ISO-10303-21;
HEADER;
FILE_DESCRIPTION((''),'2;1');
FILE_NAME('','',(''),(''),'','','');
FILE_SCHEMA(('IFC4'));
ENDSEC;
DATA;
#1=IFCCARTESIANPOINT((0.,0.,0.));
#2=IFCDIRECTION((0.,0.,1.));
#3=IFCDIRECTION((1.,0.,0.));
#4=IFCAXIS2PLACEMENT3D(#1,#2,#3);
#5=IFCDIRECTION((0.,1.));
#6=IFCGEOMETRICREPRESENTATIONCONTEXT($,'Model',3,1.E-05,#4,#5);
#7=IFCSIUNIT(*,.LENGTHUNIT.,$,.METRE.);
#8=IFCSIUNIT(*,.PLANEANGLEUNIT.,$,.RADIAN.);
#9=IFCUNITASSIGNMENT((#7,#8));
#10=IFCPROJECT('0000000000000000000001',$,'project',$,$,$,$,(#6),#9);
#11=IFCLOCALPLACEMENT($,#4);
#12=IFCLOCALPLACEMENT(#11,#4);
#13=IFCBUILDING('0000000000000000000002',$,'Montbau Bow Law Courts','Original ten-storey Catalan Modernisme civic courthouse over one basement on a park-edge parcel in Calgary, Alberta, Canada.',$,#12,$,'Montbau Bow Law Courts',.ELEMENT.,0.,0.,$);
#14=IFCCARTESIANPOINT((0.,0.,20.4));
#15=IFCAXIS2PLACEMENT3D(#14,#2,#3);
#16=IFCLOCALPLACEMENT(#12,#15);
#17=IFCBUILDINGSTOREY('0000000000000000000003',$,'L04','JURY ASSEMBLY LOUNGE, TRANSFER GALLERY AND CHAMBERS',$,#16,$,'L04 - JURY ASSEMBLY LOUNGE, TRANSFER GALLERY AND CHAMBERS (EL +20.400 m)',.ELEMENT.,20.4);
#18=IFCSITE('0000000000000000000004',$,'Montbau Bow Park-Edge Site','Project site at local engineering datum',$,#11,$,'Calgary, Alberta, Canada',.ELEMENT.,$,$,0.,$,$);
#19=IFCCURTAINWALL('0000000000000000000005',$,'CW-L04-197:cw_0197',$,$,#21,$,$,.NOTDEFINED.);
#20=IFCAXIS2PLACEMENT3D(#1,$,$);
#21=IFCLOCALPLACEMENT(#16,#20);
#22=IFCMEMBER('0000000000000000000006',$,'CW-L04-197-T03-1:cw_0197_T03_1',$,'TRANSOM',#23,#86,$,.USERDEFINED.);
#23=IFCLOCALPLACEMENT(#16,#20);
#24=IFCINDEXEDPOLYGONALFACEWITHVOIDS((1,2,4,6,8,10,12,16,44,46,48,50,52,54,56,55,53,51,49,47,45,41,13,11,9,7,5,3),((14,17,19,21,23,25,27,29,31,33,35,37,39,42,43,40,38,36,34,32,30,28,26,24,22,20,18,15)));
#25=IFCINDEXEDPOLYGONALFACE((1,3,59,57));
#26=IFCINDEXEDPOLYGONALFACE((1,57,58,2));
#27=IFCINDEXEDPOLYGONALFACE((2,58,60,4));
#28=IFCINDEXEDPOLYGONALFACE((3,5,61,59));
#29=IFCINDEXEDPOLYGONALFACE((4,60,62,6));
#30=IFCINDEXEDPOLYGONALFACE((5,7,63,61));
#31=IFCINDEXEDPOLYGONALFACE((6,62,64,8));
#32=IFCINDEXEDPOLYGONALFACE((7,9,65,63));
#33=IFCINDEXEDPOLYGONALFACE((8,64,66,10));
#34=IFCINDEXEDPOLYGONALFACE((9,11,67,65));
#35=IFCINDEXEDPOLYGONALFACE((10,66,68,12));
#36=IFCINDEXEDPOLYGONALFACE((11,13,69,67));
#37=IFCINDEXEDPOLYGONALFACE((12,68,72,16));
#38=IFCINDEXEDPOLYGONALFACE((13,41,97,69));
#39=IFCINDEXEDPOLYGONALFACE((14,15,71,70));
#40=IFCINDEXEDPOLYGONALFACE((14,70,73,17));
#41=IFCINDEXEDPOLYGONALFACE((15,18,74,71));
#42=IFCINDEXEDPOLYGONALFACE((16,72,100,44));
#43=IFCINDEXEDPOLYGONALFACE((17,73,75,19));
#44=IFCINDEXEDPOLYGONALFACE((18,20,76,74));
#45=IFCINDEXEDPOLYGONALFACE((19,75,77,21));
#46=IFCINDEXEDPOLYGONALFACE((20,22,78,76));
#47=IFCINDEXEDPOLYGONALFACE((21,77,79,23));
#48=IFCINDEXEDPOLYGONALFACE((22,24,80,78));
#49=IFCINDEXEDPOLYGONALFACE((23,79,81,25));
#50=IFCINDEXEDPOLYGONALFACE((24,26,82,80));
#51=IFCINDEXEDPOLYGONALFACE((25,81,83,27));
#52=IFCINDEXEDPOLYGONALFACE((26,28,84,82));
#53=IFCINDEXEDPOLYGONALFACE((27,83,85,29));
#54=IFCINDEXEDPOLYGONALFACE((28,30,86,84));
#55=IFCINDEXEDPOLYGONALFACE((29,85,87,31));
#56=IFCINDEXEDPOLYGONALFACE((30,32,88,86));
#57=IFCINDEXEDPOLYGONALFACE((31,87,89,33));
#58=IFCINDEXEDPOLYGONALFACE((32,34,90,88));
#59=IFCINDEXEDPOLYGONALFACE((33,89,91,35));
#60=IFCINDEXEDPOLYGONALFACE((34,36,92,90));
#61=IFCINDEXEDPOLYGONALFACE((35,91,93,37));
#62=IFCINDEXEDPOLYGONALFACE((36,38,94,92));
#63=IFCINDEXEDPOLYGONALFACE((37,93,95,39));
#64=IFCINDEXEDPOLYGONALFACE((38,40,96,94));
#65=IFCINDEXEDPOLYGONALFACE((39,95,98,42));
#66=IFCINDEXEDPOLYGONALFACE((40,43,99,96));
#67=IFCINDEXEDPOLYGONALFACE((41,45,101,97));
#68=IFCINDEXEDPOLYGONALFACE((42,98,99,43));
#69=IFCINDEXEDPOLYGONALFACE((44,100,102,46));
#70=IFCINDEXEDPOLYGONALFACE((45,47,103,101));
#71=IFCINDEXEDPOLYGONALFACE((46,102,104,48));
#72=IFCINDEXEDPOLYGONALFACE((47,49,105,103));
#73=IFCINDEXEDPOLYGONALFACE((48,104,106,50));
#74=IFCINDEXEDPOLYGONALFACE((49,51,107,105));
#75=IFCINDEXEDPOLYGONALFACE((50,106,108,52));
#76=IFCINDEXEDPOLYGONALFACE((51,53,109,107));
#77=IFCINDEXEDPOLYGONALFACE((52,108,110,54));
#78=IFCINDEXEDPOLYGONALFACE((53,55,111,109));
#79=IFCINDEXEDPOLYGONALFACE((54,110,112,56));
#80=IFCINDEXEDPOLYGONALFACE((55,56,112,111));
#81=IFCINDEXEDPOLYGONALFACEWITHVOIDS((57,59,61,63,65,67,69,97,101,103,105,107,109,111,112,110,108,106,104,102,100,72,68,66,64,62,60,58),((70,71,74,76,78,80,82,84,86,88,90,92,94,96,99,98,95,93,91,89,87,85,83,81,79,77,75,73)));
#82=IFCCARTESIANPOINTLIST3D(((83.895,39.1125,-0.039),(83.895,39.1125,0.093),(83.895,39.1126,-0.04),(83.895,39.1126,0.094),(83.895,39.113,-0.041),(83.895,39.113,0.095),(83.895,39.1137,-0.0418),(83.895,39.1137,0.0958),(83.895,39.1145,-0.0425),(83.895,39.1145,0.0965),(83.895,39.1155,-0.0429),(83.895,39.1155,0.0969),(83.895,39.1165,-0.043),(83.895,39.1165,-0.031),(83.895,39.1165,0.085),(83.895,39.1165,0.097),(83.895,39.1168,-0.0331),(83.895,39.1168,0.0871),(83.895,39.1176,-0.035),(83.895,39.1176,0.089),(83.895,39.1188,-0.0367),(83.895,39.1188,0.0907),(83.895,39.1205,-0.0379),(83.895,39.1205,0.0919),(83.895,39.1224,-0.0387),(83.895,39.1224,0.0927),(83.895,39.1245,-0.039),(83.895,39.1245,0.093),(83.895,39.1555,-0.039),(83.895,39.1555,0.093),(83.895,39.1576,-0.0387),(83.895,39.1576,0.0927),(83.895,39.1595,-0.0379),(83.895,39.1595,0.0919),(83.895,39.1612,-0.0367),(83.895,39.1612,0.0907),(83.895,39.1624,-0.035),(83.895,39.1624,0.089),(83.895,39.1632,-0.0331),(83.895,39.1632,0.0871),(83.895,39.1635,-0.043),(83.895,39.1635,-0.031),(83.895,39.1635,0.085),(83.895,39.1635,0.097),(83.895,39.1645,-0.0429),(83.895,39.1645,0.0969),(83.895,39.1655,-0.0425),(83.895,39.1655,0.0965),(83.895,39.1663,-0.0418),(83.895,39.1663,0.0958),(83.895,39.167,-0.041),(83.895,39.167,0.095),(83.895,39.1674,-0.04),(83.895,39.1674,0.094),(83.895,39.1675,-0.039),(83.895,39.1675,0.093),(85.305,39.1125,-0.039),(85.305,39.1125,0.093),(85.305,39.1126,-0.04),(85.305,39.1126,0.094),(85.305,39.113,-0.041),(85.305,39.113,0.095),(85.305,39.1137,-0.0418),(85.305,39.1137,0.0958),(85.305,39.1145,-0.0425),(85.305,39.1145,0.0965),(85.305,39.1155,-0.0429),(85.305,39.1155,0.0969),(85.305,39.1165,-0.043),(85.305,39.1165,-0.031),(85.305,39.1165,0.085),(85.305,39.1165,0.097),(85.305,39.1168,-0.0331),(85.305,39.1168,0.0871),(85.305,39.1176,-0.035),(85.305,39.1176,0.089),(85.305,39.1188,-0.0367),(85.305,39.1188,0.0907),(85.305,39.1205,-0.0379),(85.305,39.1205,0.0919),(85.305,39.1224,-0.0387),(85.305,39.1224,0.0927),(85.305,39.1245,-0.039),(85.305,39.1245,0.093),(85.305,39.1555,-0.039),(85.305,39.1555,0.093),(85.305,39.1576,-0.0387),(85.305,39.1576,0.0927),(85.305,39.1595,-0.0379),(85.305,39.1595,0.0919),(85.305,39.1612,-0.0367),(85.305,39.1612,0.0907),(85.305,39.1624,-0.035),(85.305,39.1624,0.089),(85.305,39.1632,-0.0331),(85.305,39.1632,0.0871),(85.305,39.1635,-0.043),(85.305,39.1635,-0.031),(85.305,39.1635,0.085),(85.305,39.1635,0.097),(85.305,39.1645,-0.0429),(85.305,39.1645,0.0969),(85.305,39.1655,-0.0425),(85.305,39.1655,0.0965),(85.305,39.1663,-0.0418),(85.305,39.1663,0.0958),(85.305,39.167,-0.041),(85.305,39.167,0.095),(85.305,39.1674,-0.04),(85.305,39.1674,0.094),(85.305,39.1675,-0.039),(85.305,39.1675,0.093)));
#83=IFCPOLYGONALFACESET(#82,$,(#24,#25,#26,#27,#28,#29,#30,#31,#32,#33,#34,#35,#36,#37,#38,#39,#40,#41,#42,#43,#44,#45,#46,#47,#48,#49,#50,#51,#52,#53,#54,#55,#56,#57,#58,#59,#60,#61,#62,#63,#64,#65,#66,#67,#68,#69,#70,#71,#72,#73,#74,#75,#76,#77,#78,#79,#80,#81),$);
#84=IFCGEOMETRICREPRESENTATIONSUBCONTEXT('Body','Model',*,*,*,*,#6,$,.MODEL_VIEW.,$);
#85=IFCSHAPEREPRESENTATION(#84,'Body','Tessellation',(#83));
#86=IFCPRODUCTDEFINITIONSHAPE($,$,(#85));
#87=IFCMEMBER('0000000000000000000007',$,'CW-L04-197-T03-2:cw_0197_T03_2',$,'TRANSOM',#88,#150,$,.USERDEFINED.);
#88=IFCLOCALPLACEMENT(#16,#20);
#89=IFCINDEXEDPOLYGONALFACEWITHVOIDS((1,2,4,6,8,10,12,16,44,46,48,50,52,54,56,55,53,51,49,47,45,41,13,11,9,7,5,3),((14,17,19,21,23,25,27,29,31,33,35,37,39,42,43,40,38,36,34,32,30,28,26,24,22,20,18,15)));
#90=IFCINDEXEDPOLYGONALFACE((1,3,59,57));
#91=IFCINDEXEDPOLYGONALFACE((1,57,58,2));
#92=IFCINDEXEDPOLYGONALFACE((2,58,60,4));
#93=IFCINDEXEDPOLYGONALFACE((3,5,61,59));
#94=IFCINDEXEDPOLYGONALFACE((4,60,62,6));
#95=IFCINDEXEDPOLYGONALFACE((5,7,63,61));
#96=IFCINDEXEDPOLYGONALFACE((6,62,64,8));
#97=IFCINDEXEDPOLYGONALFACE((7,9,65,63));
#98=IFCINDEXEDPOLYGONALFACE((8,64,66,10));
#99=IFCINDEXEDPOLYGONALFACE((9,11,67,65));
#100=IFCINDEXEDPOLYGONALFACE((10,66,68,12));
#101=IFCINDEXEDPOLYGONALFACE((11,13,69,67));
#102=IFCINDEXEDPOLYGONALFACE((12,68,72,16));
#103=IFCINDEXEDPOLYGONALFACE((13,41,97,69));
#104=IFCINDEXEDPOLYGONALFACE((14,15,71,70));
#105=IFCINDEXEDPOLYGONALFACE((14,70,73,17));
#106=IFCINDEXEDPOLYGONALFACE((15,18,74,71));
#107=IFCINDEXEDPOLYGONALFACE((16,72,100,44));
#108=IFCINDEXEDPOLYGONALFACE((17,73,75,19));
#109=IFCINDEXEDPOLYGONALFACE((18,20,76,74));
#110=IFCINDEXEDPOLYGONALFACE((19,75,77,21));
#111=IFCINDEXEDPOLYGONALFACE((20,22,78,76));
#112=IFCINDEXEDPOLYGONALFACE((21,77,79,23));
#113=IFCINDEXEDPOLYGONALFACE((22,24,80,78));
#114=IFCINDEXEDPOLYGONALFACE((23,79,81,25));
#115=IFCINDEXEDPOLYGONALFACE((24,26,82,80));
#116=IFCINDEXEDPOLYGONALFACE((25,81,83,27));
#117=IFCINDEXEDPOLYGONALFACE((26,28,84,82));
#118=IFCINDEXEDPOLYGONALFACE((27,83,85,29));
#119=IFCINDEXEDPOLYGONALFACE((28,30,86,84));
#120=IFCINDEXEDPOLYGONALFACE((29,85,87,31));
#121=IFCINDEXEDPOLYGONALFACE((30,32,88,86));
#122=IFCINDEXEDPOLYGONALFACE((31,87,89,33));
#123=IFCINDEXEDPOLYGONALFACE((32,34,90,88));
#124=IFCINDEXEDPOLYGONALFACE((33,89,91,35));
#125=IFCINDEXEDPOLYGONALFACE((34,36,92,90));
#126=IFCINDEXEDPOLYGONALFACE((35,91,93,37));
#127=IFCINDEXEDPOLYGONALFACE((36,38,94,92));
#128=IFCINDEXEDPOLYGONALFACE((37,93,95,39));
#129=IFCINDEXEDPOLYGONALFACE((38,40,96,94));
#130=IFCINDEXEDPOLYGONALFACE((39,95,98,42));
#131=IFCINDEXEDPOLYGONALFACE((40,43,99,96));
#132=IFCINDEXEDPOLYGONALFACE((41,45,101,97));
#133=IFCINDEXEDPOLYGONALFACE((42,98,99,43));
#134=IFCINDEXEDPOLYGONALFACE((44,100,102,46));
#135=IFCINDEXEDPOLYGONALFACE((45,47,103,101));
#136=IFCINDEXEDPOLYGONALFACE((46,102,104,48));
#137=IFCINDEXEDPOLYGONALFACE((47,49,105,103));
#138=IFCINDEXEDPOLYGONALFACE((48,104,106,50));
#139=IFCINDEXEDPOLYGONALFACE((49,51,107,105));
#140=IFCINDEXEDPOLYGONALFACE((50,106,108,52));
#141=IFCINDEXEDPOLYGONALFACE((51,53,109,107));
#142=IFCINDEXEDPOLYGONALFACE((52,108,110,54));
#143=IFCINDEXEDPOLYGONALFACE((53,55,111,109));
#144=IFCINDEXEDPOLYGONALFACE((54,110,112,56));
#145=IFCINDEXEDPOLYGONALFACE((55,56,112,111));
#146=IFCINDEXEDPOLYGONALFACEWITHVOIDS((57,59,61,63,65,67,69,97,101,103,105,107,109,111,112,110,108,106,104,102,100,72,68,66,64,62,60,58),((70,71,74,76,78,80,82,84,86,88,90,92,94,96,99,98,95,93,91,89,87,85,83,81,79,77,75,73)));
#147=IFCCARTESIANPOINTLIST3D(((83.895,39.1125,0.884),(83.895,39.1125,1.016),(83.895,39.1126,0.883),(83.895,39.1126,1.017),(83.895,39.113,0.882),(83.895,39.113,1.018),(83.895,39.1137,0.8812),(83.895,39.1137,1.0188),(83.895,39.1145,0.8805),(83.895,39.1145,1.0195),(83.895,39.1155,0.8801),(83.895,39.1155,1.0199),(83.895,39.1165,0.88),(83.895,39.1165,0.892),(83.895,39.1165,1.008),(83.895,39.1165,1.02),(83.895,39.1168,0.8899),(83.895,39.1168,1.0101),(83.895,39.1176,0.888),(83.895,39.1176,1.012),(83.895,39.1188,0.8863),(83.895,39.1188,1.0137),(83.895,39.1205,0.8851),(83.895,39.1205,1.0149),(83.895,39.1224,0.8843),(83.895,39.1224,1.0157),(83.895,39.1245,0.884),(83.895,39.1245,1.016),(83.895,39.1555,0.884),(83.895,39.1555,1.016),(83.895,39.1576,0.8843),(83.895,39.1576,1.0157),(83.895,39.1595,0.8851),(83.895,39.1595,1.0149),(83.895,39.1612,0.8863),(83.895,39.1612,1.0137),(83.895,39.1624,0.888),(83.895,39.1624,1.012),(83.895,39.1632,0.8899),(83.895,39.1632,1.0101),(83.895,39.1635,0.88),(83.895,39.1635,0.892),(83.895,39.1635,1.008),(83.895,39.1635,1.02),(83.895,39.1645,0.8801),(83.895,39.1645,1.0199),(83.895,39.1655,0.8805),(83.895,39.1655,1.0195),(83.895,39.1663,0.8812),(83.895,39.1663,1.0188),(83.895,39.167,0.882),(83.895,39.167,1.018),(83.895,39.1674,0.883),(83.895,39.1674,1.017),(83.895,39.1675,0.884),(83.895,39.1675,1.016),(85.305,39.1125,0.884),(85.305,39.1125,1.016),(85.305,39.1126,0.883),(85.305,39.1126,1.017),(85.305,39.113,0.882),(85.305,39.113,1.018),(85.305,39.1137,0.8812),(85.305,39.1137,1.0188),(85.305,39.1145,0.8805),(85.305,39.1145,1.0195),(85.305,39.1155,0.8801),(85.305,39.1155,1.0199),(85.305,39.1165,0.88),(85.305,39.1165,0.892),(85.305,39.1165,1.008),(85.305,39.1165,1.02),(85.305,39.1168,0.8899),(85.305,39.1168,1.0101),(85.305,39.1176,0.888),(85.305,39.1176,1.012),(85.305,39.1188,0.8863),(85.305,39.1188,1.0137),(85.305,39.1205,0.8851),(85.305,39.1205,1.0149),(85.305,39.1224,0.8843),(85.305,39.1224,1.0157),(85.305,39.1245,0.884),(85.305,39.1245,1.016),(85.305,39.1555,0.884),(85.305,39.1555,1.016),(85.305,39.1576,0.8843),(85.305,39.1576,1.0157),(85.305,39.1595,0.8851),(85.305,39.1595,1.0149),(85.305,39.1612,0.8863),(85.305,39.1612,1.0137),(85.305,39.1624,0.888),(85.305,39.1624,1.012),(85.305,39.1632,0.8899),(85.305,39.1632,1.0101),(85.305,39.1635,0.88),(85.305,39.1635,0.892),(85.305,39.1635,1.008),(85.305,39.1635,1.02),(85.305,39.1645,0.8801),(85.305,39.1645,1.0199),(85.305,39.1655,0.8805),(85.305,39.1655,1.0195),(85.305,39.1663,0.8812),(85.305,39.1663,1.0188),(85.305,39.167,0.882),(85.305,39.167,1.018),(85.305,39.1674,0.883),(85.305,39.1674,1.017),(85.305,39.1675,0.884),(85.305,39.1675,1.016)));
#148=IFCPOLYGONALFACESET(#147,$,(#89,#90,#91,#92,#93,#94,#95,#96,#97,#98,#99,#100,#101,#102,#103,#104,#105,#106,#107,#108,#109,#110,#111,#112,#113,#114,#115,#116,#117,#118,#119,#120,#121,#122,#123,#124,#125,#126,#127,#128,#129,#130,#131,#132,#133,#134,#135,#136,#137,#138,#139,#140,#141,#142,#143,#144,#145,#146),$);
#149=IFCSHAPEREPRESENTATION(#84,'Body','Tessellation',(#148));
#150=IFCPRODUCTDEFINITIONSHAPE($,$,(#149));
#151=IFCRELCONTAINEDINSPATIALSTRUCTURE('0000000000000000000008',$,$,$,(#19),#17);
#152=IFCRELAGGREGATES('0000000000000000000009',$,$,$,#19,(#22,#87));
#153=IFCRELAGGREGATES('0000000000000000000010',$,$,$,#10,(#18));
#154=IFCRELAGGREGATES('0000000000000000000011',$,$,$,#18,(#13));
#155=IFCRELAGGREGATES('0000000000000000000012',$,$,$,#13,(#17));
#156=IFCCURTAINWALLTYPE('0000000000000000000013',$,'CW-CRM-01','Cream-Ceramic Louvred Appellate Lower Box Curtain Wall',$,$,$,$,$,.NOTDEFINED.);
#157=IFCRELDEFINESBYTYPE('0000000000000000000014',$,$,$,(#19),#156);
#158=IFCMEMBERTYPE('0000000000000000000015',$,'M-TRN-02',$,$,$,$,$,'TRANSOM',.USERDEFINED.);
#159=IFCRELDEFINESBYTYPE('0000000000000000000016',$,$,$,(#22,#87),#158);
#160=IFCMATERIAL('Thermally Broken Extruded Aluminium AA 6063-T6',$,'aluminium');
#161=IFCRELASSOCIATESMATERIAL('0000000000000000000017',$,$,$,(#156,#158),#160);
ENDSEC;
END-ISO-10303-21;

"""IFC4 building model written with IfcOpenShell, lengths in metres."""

from ifc_helpers import new_model, si_unit, direction, frame, origin_with_axes, origin_2d_with_axis, place, context, subcontext, project, spatial, hollow_rectangle, extrude, material, material_profile, profile_set, type_object, element, aggregate, save


model = new_model("IFC4")

# Units and contexts
model_context = context("Model", 3, precision=1e-05, world=origin_with_axes(), true_north=direction((0.0, 1.0)))
body_context = subcontext(model_context, "Body", "Model", "MODEL_VIEW")
ifc_project = project(units=[si_unit("LENGTHUNIT", "METRE"), si_unit("PLANEANGLEUNIT", "RADIAN")], contexts=[model_context])

# Site, building, storey
site_placement = place(None, origin_with_axes())
site = spatial("IfcSite", under=ifc_project, at=site_placement, Name="Montbau Bow Park-Edge Site", Description="Project site at local engineering datum", LongName="Calgary, Alberta, Canada", CompositionType="ELEMENT", RefElevation=0.0)
building_placement = place(site_placement, origin_with_axes())
building = spatial("IfcBuilding", under=site, at=building_placement, Name="Montbau Bow Law Courts", Description="Original ten-storey Catalan Modernisme civic courthouse over one basement on a park-edge parcel in Calgary, Alberta, Canada.", LongName="Montbau Bow Law Courts", CompositionType="ELEMENT", ElevationOfRefHeight=0.0, ElevationOfTerrain=0.0)
storey_placement = place(building_placement, frame((0.0, 0.0, 20.4), z_axis=(0.0, 0.0, 1.0), x_axis=(1.0, 0.0, 0.0)))
storey = spatial("IfcBuildingStorey", under=building, at=storey_placement, Name="L04", Description="JURY ASSEMBLY LOUNGE, TRANSFER GALLERY AND CHAMBERS", LongName="L04 - JURY ASSEMBLY LOUNGE, TRANSFER GALLERY AND CHAMBERS (EL +20.400 m)", CompositionType="ELEMENT", Elevation=20.4)

# Curtain wall, members
ifc_material_1 = material(Name="Thermally Broken Extruded Aluminium AA 6063-T6", Category="aluminium")
curtain_wall_type = type_object("IfcCurtainWallType", Name="CW-CRM-01", Description="Cream-Ceramic Louvred Appellate Lower Box Curtain Wall", PredefinedType="NOTDEFINED", material=ifc_material_1)
curtain_wall_placement = place(None, frame((80.915, 39.14, 20.4), z_axis=(0.0, 0.0, 1.0), x_axis=(1.0, 0.0, 0.0)))
curtain_wall = element("IfcCurtainWall", 1, at=curtain_wall_placement, inside=storey, type_object=curtain_wall_type, Name="CW-L04-197:cw_0197", PredefinedType="NOTDEFINED")
ifc_material_profile_1 = material_profile(ifc_material_1, hollow_rectangle(XDim=0.055, YDim=0.14, WallThickness=0.004, InnerFilletRadius=0.008, OuterFilletRadius=0.004, at=origin_2d_with_axis()), Name="CWT-140X55", Category="Main", Priority=0)
ifc_profile_set_1 = profile_set([ifc_material_profile_1], Name="Thermally Broken Extruded Aluminium AA 6063-T6")
member_type_1 = type_object("IfcMemberType", Name="M-TRN-02", ElementType="TRANSOM", PredefinedType="USERDEFINED", material=ifc_profile_set_1)
member_1_placement = place(None, frame((83.895, 39.14, 20.427), z_axis=(1.0, 0.0, 0.0), x_axis=(0.0, 1.0, 0.0)))
member_1 = element("IfcMember", 2, at=member_1_placement, type_object=member_type_1, Name="CW-L04-197-T03-1:cw_0197_T03_1", ObjectType="TRANSOM", PredefinedType="USERDEFINED", context=body_context, shape_type="SweptSolid", body=[
    extrude(hollow_rectangle(XDim=0.055, YDim=0.14, WallThickness=0.004, InnerFilletRadius=0.008, OuterFilletRadius=0.004, at=origin_2d_with_axis()), origin_with_axes(), (0.0, 0.0, 1.0), 1.41),
])
member_2_placement = place(None, frame((83.895, 39.14, 21.35), z_axis=(1.0, 0.0, 0.0), x_axis=(0.0, 1.0, 0.0)))
member_2 = element("IfcMember", 3, at=member_2_placement, type_object=member_type_1, Name="CW-L04-197-T03-2:cw_0197_T03_2", ObjectType="TRANSOM", PredefinedType="USERDEFINED", context=body_context, shape_type="SweptSolid", body=[
    extrude(hollow_rectangle(XDim=0.055, YDim=0.14, WallThickness=0.004, InnerFilletRadius=0.008, OuterFilletRadius=0.004, at=origin_2d_with_axis()), origin_with_axes(), (0.0, 0.0, 1.0), 1.41),
])
aggregate(curtain_wall, [member_1, member_2])

save(model, "model.ifc")
